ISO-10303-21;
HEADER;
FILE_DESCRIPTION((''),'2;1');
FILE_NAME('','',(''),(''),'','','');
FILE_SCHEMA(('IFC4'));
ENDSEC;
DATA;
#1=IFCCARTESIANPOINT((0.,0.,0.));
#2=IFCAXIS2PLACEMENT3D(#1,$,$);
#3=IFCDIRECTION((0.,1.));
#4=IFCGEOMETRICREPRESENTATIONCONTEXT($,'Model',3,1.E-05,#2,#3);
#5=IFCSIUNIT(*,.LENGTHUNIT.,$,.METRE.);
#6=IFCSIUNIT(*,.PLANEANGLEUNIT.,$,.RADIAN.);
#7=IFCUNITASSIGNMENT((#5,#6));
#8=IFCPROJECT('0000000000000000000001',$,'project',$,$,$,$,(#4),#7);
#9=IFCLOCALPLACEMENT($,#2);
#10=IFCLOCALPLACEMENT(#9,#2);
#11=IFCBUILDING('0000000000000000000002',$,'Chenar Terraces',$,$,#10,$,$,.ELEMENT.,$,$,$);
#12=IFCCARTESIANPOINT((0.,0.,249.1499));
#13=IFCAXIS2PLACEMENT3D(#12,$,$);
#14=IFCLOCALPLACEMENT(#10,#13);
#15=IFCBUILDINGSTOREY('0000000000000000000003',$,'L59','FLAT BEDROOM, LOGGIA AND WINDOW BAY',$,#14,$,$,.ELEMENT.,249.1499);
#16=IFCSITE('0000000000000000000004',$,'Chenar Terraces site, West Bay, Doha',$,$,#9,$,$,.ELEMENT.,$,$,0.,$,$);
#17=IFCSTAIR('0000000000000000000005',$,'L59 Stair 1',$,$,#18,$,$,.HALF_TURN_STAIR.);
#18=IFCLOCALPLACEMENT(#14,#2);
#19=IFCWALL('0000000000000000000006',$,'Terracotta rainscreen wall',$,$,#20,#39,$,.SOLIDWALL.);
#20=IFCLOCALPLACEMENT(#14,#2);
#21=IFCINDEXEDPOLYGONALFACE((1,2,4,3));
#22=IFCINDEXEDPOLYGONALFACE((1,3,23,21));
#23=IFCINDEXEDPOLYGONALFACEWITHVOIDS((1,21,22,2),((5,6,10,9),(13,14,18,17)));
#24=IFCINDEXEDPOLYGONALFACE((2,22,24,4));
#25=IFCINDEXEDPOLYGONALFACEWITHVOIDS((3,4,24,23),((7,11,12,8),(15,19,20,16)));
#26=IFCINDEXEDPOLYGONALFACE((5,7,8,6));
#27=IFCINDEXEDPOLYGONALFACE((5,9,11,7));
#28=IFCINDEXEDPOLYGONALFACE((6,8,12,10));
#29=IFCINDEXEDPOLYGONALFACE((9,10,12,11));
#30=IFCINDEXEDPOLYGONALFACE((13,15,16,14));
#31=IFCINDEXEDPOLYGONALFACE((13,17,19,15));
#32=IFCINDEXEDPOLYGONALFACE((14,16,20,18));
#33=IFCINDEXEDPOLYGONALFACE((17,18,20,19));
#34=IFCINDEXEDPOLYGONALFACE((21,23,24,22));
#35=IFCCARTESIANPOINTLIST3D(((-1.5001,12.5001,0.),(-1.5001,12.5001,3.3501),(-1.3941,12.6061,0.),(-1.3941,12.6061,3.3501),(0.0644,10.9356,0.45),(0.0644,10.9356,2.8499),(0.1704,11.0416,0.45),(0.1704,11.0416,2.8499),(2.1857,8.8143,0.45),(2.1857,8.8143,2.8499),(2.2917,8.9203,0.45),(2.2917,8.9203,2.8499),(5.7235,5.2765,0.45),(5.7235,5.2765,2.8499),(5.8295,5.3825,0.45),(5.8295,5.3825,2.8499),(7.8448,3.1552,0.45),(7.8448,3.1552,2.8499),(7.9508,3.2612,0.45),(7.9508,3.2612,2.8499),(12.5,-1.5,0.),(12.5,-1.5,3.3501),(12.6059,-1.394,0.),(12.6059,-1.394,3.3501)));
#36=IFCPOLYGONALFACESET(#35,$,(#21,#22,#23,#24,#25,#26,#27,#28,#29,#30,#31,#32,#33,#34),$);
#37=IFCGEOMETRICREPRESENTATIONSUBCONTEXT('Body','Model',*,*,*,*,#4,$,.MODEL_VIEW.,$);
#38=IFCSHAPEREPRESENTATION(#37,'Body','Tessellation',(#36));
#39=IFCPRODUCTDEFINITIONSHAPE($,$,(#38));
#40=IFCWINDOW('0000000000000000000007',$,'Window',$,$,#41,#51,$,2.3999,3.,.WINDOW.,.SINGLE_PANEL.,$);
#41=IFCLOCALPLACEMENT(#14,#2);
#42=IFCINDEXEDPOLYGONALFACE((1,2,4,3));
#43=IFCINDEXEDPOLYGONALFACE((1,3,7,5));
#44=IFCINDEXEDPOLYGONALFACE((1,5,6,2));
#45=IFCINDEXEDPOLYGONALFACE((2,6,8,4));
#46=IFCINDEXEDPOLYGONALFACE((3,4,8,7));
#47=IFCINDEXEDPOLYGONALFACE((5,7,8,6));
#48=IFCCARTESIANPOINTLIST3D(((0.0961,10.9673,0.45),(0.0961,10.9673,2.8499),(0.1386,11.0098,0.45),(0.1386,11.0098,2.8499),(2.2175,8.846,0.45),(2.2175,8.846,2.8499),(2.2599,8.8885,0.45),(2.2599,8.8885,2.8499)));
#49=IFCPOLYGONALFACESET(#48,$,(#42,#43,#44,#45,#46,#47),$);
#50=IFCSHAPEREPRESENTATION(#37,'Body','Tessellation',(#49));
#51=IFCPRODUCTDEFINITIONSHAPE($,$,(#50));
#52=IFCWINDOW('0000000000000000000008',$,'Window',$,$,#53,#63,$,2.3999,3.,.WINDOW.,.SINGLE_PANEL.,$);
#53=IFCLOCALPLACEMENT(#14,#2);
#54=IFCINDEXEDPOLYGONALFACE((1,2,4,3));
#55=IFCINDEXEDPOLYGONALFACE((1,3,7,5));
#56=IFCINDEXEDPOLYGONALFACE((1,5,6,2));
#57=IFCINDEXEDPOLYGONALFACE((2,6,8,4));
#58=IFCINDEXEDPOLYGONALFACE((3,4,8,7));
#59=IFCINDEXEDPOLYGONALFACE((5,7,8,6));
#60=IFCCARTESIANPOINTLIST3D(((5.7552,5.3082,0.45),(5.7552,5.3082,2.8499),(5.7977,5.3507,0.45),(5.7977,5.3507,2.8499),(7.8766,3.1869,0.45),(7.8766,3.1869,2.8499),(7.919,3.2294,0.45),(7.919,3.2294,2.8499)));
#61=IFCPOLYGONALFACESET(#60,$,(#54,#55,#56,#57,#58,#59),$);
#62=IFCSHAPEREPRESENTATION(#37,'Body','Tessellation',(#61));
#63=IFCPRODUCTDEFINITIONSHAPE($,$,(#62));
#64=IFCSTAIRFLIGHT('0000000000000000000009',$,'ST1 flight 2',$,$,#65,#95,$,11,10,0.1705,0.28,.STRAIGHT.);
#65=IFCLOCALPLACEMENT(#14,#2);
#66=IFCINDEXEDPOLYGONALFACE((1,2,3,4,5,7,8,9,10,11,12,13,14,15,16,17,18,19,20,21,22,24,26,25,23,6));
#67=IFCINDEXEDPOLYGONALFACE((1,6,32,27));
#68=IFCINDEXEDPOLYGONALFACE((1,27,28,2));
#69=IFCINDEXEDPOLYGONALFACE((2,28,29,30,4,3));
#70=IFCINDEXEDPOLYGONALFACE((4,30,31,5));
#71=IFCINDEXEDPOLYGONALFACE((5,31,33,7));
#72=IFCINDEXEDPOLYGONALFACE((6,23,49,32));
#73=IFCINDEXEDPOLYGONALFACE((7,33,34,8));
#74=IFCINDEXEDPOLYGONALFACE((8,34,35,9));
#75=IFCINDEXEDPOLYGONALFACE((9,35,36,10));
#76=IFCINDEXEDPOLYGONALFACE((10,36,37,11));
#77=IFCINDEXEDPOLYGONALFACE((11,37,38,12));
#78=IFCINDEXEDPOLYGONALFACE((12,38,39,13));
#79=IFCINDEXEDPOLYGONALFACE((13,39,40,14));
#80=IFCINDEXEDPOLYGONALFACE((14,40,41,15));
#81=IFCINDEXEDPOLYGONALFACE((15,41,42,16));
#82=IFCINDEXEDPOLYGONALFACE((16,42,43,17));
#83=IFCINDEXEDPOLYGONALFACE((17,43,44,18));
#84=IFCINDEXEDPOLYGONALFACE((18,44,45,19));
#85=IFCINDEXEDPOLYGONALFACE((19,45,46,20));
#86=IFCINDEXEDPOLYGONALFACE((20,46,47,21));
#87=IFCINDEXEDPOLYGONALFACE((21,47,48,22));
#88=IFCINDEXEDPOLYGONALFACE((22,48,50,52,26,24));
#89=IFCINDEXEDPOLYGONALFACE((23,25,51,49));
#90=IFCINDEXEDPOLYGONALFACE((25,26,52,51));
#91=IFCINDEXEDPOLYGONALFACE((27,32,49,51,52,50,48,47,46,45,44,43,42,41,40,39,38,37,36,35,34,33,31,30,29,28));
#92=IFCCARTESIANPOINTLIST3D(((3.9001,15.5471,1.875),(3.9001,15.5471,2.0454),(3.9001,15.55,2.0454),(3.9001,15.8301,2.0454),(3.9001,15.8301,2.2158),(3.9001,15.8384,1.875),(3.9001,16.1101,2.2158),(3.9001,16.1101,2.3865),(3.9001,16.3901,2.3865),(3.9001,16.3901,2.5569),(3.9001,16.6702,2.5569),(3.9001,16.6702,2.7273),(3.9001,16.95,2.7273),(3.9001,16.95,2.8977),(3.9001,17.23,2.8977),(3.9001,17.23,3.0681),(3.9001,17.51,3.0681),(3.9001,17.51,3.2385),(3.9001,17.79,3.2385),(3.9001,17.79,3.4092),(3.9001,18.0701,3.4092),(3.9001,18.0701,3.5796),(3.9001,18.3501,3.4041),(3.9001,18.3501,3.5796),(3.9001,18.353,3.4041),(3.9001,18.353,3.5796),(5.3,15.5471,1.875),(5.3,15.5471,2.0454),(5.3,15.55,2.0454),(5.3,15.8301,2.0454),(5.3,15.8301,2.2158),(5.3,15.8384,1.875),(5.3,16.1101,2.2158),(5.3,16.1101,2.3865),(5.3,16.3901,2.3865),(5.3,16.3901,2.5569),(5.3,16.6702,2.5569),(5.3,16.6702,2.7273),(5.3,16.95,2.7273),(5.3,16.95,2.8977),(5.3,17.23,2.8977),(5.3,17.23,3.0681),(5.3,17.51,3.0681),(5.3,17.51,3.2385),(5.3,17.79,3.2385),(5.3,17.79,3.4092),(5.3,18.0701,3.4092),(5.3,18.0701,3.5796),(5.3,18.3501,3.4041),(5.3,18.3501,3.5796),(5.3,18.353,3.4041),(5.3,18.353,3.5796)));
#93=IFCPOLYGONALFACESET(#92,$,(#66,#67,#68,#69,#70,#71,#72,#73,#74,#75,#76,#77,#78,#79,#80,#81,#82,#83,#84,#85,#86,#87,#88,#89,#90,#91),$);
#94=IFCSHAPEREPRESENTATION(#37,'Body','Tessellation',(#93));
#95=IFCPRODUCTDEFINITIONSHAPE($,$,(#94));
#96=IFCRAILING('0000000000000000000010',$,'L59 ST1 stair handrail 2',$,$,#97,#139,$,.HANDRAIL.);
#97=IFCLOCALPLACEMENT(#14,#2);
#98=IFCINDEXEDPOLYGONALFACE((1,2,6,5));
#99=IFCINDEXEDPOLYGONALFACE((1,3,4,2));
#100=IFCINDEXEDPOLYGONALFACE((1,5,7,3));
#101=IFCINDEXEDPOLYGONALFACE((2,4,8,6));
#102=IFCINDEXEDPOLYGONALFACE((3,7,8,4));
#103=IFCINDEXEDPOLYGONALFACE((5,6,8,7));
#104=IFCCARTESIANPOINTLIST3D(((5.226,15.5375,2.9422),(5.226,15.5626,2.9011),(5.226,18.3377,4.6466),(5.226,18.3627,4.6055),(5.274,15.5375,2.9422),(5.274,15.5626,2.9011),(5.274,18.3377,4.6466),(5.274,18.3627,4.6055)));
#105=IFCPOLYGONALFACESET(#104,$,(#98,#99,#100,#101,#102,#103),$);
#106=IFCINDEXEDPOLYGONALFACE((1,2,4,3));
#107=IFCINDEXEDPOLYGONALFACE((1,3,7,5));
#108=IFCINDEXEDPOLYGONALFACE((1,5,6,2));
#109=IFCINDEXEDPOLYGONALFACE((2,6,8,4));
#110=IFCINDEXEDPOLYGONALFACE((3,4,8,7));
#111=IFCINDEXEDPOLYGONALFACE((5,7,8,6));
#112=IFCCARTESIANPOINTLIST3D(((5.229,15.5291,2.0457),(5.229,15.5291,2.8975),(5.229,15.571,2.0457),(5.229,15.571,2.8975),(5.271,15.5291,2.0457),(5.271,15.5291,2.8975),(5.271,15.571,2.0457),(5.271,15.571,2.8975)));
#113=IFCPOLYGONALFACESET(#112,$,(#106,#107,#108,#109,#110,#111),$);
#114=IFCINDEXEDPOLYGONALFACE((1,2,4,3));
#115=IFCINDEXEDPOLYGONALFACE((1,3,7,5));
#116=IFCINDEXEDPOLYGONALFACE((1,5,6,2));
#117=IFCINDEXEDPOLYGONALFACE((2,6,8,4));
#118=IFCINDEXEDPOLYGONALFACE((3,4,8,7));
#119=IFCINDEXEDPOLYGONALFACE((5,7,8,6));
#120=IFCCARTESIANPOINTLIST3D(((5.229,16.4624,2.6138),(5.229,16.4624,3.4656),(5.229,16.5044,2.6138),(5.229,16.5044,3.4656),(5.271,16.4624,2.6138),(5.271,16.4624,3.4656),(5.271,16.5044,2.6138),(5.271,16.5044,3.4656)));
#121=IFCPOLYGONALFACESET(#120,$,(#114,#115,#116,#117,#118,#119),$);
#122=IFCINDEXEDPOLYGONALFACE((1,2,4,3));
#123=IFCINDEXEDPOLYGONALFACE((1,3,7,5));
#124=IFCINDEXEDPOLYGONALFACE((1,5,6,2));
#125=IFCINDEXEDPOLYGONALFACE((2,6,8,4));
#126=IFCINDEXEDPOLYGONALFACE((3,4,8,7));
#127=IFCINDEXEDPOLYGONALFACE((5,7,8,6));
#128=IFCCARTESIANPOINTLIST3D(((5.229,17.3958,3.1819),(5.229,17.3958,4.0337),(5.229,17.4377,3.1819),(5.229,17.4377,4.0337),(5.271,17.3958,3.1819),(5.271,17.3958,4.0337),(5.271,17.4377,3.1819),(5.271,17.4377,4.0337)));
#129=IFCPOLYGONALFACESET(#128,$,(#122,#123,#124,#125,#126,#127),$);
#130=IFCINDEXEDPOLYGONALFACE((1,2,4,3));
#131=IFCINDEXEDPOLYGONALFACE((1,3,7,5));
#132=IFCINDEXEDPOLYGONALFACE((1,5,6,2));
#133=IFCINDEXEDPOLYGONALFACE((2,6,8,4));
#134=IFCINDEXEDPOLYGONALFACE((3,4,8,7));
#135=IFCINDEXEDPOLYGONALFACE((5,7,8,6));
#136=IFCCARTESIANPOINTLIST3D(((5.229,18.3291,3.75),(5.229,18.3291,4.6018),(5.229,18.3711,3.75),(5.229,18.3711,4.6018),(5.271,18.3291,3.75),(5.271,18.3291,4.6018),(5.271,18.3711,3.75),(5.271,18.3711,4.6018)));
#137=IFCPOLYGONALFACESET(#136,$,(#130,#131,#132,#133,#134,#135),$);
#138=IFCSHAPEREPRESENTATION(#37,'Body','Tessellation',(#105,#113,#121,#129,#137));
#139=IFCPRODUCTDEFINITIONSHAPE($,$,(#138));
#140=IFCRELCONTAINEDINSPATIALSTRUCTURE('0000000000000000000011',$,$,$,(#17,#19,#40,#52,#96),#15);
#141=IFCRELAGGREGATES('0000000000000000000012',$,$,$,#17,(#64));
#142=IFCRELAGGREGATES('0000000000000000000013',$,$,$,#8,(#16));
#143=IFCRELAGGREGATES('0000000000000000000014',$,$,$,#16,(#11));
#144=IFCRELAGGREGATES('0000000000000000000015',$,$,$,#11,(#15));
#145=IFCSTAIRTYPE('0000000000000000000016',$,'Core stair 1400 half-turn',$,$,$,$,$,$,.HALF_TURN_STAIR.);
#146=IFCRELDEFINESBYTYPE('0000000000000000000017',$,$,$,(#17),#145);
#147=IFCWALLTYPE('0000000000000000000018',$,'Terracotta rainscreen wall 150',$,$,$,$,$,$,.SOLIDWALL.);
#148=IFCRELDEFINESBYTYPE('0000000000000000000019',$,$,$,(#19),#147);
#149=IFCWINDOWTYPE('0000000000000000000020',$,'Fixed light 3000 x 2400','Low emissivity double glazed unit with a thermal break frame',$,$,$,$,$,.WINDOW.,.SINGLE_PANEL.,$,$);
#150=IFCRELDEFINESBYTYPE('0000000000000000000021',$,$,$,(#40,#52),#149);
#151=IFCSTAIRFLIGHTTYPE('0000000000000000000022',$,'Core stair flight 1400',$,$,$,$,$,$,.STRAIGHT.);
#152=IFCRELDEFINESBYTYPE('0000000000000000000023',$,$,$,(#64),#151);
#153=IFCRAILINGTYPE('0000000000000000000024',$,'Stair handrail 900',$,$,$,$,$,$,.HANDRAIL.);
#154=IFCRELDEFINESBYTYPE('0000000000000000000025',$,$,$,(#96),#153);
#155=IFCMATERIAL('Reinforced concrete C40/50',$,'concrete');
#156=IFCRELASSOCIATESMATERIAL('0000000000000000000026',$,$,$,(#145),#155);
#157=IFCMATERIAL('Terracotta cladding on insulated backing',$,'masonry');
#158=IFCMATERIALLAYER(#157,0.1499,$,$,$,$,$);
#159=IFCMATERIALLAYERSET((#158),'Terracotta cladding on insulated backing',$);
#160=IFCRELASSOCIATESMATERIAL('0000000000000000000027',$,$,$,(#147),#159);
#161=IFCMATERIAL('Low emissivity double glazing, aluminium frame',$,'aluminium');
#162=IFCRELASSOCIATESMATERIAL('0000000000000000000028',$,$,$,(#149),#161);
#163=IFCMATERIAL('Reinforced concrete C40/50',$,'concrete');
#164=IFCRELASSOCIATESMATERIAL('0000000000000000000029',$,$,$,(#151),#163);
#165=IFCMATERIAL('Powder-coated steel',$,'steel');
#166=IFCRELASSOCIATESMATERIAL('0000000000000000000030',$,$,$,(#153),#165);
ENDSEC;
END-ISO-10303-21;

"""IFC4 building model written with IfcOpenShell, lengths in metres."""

from ifc_helpers import new_model, si_unit, direction, frame, frame_2d, origin, origin_2d, place, context, subcontext, project, spatial, polyline, rectangle, outline, extrude, material, layer, layer_set, type_object, element, fill, aggregate, save


model = new_model("IFC4")

# Units and contexts
model_context = context("Model", 3, precision=1e-05, world=origin(), true_north=direction((0.0, 1.0)))
body_context = subcontext(model_context, "Body", "Model", "MODEL_VIEW")
ifc_project = project(units=[si_unit("LENGTHUNIT", "METRE"), si_unit("PLANEANGLEUNIT", "RADIAN")], contexts=[model_context])

# Site, building, storey
site_placement = place(None, origin())
site = spatial("IfcSite", under=ifc_project, at=site_placement, Name="Chenar Terraces site, West Bay, Doha", CompositionType="ELEMENT", RefElevation=0.0)
building_placement = place(site_placement, origin())
building = spatial("IfcBuilding", under=site, at=building_placement, Name="Chenar Terraces", CompositionType="ELEMENT")
storey_placement = place(building_placement, frame((0.0, 0.0, 249.1499)))
storey = spatial("IfcBuildingStorey", under=building, at=storey_placement, Name="L59", Description="FLAT BEDROOM, LOGGIA AND WINDOW BAY", CompositionType="ELEMENT", Elevation=249.1499)

# Stair
ifc_material_1 = material(Name="Reinforced concrete C40/50", Category="concrete")
stair_type = type_object("IfcStairType", Name="Core stair 1400 half-turn", PredefinedType="HALF_TURN_STAIR", material=ifc_material_1)
placement_1 = place(storey_placement, origin())
stair_1 = element("IfcStair", 1, at=placement_1, inside=storey, type_object=stair_type, Name="L59 Stair 1", PredefinedType="HALF_TURN_STAIR")

# Wall, openings, windows
ifc_material_2 = material(Name="Terracotta cladding on insulated backing", Category="masonry")
ifc_layer_1 = layer(ifc_material_2, 0.1499)
ifc_layer_set_1 = layer_set([ifc_layer_1], Name="Terracotta cladding on insulated backing")
wall_type_1 = type_object("IfcWallType", Name="Terracotta rainscreen wall 150", PredefinedType="SOLIDWALL", material=ifc_layer_set_1)
wall_1_placement = place(storey_placement, frame((-1.447, 12.553, 0.0), z_axis=(0.0, 0.0, 1.0), x_axis=(0.707107, -0.707107, 0.0)))
wall_1 = element("IfcWall", 2, at=wall_1_placement, inside=storey, type_object=wall_type_1, Name="Terracotta rainscreen wall", PredefinedType="SOLIDWALL", context=body_context, shape_type="SweptSolid", body=[
    extrude(rectangle(XDim=19.7991, YDim=0.1499, at=frame_2d((9.8994, 0.0))), origin(), (0.0, 0.0, 1.0), 3.3501),
])
opening_1_placement = place(wall_1_placement, frame((2.2124, 0.0, 0.45)))
opening_1 = element("IfcOpeningElement", 3, at=opening_1_placement, cuts=wall_1, PredefinedType="OPENING", context=body_context, shape_type="SweptSolid", body=[
    extrude(rectangle(XDim=3.0, YDim=2.3999, at=frame_2d((1.5, 1.2))), frame((0.0, 0.085, 0.0), z_axis=(0.0, -1.0, 0.0), x_axis=(1.0, 0.0, 0.0)), (0.0, 0.0, 1.0), 0.1699),
])
opening_2_placement = place(wall_1_placement, frame((10.2156, 0.0, 0.45)))
opening_2 = element("IfcOpeningElement", 4, at=opening_2_placement, cuts=wall_1, PredefinedType="OPENING", context=body_context, shape_type="SweptSolid", body=[
    extrude(rectangle(XDim=3.0, YDim=2.3999, at=frame_2d((1.5, 1.2))), frame((0.0, 0.085, 0.0), z_axis=(0.0, -1.0, 0.0), x_axis=(1.0, 0.0, 0.0)), (0.0, 0.0, 1.0), 0.1699),
])
ifc_material_3 = material(Name="Low emissivity double glazing, aluminium frame", Category="aluminium")
window_type = type_object("IfcWindowType", Name="Fixed light 3000 x 2400", Description="Low emissivity double glazed unit with a thermal break frame", PartitioningType="SINGLE_PANEL", PredefinedType="WINDOW", material=ifc_material_3)
window_1_placement = place(opening_1_placement, origin())
window_1 = element("IfcWindow", 5, at=window_1_placement, inside=storey, type_object=window_type, Name="Window", OverallHeight=2.3999, OverallWidth=3.0, PartitioningType="SINGLE_PANEL", PredefinedType="WINDOW", context=body_context, shape_type="SweptSolid", body=[
    extrude(rectangle(XDim=3.0, YDim=2.3999, at=frame_2d((1.5, 1.2))), frame((0.0, 0.03, 0.0), z_axis=(0.0, -1.0, 0.0), x_axis=(1.0, 0.0, 0.0)), (0.0, 0.0, 1.0), 0.0601),
])
fill(opening_1, window_1)
window_2_placement = place(opening_2_placement, origin())
window_2 = element("IfcWindow", 6, at=window_2_placement, inside=storey, type_object=window_type, Name="Window", OverallHeight=2.3999, OverallWidth=3.0, PartitioningType="SINGLE_PANEL", PredefinedType="WINDOW", context=body_context, shape_type="SweptSolid", body=[
    extrude(rectangle(XDim=3.0, YDim=2.3999, at=frame_2d((1.5, 1.2))), frame((0.0, 0.03, 0.0), z_axis=(0.0, -1.0, 0.0), x_axis=(1.0, 0.0, 0.0)), (0.0, 0.0, 1.0), 0.0601),
])
fill(opening_2, window_2)

# Stair flight
ifc_material_4 = material(Name="Reinforced concrete C40/50", Category="concrete")
stair_flight_type = type_object("IfcStairFlightType", Name="Core stair flight 1400", PredefinedType="STRAIGHT", material=ifc_material_4)
stair_flight_placement = place(storey_placement, frame((4.6001, 15.55, 1.875), z_axis=(0.0, 0.0, 1.0), x_axis=(0.0, 1.0, 0.0)))
stair_flight = element("IfcStairFlight", 7, at=stair_flight_placement, type_object=stair_flight_type, Name="ST1 flight 2", NumberOfRisers=11, NumberOfTreads=10, PredefinedType="STRAIGHT", RiserHeight=0.1705, TreadLength=0.28, context=body_context, shape_type="SweptSolid", body=[
    extrude(outline(polyline([(-0.0029, 0.0), (-0.0029, 0.1704), (0.0, 0.1704), (0.28, 0.1704), (0.28, 0.3408), (0.5601, 0.3408), (0.5601, 0.5115), (0.8401, 0.5115), (0.8401, 0.6819), (1.1201, 0.6819), (1.1201, 0.8523), (1.3999, 0.8523), (1.3999, 1.0227), (1.6799, 1.0227), (1.6799, 1.1931), (1.96, 1.1931), (1.96, 1.3635), (2.24, 1.3635), (2.24, 1.5342), (2.52, 1.5342), (2.52, 1.7046), (2.8, 1.7046), (2.803, 1.7046), (2.803, 1.5291), (2.8, 1.5291), (0.2883, 0.0), (-0.0029, 0.0)])), frame((0.0, 0.7, 0.0), z_axis=(0.0, -1.0, 0.0), x_axis=(1.0, 0.0, 0.0)), (0.0, 0.0, 1.0), 1.3999),
])
aggregate(stair_1, [stair_flight])

# Railing
ifc_material_5 = material(Name="Powder-coated steel", Category="steel")
railing_type = type_object("IfcRailingType", Name="Stair handrail 900", PredefinedType="HANDRAIL", material=ifc_material_5)
railing_placement = place(storey_placement, frame((5.25, 15.55, 2.0457)))
element("IfcRailing", 8, at=railing_placement, inside=storey, type_object=railing_type, Name="L59 ST1 stair handrail 2", PredefinedType="HANDRAIL", context=body_context, shape_type="SweptSolid", body=[
    extrude(rectangle(XDim=0.0481, YDim=0.0481, at=origin_2d()), frame((0.0, 0.0, 0.876), z_axis=(0.0, 0.854203, 0.51994), x_axis=(-1.0, 0.0, 0.0)), (0.0, 0.0, 1.0), 3.2781),
    extrude(rectangle(XDim=0.042, YDim=0.042, at=origin_2d()), origin(), (0.0, 0.0, 1.0), 0.8518),
    extrude(rectangle(XDim=0.042, YDim=0.042, at=origin_2d()), frame((0.0, 0.9333, 0.5681)), (0.0, 0.0, 1.0), 0.8518),
    extrude(rectangle(XDim=0.042, YDim=0.042, at=origin_2d()), frame((0.0, 1.8667, 1.1362)), (0.0, 0.0, 1.0), 0.8518),
    extrude(rectangle(XDim=0.042, YDim=0.042, at=origin_2d()), frame((0.0, 2.8, 1.7043)), (0.0, 0.0, 1.0), 0.8518),
])

save(model, "model.ifc")
